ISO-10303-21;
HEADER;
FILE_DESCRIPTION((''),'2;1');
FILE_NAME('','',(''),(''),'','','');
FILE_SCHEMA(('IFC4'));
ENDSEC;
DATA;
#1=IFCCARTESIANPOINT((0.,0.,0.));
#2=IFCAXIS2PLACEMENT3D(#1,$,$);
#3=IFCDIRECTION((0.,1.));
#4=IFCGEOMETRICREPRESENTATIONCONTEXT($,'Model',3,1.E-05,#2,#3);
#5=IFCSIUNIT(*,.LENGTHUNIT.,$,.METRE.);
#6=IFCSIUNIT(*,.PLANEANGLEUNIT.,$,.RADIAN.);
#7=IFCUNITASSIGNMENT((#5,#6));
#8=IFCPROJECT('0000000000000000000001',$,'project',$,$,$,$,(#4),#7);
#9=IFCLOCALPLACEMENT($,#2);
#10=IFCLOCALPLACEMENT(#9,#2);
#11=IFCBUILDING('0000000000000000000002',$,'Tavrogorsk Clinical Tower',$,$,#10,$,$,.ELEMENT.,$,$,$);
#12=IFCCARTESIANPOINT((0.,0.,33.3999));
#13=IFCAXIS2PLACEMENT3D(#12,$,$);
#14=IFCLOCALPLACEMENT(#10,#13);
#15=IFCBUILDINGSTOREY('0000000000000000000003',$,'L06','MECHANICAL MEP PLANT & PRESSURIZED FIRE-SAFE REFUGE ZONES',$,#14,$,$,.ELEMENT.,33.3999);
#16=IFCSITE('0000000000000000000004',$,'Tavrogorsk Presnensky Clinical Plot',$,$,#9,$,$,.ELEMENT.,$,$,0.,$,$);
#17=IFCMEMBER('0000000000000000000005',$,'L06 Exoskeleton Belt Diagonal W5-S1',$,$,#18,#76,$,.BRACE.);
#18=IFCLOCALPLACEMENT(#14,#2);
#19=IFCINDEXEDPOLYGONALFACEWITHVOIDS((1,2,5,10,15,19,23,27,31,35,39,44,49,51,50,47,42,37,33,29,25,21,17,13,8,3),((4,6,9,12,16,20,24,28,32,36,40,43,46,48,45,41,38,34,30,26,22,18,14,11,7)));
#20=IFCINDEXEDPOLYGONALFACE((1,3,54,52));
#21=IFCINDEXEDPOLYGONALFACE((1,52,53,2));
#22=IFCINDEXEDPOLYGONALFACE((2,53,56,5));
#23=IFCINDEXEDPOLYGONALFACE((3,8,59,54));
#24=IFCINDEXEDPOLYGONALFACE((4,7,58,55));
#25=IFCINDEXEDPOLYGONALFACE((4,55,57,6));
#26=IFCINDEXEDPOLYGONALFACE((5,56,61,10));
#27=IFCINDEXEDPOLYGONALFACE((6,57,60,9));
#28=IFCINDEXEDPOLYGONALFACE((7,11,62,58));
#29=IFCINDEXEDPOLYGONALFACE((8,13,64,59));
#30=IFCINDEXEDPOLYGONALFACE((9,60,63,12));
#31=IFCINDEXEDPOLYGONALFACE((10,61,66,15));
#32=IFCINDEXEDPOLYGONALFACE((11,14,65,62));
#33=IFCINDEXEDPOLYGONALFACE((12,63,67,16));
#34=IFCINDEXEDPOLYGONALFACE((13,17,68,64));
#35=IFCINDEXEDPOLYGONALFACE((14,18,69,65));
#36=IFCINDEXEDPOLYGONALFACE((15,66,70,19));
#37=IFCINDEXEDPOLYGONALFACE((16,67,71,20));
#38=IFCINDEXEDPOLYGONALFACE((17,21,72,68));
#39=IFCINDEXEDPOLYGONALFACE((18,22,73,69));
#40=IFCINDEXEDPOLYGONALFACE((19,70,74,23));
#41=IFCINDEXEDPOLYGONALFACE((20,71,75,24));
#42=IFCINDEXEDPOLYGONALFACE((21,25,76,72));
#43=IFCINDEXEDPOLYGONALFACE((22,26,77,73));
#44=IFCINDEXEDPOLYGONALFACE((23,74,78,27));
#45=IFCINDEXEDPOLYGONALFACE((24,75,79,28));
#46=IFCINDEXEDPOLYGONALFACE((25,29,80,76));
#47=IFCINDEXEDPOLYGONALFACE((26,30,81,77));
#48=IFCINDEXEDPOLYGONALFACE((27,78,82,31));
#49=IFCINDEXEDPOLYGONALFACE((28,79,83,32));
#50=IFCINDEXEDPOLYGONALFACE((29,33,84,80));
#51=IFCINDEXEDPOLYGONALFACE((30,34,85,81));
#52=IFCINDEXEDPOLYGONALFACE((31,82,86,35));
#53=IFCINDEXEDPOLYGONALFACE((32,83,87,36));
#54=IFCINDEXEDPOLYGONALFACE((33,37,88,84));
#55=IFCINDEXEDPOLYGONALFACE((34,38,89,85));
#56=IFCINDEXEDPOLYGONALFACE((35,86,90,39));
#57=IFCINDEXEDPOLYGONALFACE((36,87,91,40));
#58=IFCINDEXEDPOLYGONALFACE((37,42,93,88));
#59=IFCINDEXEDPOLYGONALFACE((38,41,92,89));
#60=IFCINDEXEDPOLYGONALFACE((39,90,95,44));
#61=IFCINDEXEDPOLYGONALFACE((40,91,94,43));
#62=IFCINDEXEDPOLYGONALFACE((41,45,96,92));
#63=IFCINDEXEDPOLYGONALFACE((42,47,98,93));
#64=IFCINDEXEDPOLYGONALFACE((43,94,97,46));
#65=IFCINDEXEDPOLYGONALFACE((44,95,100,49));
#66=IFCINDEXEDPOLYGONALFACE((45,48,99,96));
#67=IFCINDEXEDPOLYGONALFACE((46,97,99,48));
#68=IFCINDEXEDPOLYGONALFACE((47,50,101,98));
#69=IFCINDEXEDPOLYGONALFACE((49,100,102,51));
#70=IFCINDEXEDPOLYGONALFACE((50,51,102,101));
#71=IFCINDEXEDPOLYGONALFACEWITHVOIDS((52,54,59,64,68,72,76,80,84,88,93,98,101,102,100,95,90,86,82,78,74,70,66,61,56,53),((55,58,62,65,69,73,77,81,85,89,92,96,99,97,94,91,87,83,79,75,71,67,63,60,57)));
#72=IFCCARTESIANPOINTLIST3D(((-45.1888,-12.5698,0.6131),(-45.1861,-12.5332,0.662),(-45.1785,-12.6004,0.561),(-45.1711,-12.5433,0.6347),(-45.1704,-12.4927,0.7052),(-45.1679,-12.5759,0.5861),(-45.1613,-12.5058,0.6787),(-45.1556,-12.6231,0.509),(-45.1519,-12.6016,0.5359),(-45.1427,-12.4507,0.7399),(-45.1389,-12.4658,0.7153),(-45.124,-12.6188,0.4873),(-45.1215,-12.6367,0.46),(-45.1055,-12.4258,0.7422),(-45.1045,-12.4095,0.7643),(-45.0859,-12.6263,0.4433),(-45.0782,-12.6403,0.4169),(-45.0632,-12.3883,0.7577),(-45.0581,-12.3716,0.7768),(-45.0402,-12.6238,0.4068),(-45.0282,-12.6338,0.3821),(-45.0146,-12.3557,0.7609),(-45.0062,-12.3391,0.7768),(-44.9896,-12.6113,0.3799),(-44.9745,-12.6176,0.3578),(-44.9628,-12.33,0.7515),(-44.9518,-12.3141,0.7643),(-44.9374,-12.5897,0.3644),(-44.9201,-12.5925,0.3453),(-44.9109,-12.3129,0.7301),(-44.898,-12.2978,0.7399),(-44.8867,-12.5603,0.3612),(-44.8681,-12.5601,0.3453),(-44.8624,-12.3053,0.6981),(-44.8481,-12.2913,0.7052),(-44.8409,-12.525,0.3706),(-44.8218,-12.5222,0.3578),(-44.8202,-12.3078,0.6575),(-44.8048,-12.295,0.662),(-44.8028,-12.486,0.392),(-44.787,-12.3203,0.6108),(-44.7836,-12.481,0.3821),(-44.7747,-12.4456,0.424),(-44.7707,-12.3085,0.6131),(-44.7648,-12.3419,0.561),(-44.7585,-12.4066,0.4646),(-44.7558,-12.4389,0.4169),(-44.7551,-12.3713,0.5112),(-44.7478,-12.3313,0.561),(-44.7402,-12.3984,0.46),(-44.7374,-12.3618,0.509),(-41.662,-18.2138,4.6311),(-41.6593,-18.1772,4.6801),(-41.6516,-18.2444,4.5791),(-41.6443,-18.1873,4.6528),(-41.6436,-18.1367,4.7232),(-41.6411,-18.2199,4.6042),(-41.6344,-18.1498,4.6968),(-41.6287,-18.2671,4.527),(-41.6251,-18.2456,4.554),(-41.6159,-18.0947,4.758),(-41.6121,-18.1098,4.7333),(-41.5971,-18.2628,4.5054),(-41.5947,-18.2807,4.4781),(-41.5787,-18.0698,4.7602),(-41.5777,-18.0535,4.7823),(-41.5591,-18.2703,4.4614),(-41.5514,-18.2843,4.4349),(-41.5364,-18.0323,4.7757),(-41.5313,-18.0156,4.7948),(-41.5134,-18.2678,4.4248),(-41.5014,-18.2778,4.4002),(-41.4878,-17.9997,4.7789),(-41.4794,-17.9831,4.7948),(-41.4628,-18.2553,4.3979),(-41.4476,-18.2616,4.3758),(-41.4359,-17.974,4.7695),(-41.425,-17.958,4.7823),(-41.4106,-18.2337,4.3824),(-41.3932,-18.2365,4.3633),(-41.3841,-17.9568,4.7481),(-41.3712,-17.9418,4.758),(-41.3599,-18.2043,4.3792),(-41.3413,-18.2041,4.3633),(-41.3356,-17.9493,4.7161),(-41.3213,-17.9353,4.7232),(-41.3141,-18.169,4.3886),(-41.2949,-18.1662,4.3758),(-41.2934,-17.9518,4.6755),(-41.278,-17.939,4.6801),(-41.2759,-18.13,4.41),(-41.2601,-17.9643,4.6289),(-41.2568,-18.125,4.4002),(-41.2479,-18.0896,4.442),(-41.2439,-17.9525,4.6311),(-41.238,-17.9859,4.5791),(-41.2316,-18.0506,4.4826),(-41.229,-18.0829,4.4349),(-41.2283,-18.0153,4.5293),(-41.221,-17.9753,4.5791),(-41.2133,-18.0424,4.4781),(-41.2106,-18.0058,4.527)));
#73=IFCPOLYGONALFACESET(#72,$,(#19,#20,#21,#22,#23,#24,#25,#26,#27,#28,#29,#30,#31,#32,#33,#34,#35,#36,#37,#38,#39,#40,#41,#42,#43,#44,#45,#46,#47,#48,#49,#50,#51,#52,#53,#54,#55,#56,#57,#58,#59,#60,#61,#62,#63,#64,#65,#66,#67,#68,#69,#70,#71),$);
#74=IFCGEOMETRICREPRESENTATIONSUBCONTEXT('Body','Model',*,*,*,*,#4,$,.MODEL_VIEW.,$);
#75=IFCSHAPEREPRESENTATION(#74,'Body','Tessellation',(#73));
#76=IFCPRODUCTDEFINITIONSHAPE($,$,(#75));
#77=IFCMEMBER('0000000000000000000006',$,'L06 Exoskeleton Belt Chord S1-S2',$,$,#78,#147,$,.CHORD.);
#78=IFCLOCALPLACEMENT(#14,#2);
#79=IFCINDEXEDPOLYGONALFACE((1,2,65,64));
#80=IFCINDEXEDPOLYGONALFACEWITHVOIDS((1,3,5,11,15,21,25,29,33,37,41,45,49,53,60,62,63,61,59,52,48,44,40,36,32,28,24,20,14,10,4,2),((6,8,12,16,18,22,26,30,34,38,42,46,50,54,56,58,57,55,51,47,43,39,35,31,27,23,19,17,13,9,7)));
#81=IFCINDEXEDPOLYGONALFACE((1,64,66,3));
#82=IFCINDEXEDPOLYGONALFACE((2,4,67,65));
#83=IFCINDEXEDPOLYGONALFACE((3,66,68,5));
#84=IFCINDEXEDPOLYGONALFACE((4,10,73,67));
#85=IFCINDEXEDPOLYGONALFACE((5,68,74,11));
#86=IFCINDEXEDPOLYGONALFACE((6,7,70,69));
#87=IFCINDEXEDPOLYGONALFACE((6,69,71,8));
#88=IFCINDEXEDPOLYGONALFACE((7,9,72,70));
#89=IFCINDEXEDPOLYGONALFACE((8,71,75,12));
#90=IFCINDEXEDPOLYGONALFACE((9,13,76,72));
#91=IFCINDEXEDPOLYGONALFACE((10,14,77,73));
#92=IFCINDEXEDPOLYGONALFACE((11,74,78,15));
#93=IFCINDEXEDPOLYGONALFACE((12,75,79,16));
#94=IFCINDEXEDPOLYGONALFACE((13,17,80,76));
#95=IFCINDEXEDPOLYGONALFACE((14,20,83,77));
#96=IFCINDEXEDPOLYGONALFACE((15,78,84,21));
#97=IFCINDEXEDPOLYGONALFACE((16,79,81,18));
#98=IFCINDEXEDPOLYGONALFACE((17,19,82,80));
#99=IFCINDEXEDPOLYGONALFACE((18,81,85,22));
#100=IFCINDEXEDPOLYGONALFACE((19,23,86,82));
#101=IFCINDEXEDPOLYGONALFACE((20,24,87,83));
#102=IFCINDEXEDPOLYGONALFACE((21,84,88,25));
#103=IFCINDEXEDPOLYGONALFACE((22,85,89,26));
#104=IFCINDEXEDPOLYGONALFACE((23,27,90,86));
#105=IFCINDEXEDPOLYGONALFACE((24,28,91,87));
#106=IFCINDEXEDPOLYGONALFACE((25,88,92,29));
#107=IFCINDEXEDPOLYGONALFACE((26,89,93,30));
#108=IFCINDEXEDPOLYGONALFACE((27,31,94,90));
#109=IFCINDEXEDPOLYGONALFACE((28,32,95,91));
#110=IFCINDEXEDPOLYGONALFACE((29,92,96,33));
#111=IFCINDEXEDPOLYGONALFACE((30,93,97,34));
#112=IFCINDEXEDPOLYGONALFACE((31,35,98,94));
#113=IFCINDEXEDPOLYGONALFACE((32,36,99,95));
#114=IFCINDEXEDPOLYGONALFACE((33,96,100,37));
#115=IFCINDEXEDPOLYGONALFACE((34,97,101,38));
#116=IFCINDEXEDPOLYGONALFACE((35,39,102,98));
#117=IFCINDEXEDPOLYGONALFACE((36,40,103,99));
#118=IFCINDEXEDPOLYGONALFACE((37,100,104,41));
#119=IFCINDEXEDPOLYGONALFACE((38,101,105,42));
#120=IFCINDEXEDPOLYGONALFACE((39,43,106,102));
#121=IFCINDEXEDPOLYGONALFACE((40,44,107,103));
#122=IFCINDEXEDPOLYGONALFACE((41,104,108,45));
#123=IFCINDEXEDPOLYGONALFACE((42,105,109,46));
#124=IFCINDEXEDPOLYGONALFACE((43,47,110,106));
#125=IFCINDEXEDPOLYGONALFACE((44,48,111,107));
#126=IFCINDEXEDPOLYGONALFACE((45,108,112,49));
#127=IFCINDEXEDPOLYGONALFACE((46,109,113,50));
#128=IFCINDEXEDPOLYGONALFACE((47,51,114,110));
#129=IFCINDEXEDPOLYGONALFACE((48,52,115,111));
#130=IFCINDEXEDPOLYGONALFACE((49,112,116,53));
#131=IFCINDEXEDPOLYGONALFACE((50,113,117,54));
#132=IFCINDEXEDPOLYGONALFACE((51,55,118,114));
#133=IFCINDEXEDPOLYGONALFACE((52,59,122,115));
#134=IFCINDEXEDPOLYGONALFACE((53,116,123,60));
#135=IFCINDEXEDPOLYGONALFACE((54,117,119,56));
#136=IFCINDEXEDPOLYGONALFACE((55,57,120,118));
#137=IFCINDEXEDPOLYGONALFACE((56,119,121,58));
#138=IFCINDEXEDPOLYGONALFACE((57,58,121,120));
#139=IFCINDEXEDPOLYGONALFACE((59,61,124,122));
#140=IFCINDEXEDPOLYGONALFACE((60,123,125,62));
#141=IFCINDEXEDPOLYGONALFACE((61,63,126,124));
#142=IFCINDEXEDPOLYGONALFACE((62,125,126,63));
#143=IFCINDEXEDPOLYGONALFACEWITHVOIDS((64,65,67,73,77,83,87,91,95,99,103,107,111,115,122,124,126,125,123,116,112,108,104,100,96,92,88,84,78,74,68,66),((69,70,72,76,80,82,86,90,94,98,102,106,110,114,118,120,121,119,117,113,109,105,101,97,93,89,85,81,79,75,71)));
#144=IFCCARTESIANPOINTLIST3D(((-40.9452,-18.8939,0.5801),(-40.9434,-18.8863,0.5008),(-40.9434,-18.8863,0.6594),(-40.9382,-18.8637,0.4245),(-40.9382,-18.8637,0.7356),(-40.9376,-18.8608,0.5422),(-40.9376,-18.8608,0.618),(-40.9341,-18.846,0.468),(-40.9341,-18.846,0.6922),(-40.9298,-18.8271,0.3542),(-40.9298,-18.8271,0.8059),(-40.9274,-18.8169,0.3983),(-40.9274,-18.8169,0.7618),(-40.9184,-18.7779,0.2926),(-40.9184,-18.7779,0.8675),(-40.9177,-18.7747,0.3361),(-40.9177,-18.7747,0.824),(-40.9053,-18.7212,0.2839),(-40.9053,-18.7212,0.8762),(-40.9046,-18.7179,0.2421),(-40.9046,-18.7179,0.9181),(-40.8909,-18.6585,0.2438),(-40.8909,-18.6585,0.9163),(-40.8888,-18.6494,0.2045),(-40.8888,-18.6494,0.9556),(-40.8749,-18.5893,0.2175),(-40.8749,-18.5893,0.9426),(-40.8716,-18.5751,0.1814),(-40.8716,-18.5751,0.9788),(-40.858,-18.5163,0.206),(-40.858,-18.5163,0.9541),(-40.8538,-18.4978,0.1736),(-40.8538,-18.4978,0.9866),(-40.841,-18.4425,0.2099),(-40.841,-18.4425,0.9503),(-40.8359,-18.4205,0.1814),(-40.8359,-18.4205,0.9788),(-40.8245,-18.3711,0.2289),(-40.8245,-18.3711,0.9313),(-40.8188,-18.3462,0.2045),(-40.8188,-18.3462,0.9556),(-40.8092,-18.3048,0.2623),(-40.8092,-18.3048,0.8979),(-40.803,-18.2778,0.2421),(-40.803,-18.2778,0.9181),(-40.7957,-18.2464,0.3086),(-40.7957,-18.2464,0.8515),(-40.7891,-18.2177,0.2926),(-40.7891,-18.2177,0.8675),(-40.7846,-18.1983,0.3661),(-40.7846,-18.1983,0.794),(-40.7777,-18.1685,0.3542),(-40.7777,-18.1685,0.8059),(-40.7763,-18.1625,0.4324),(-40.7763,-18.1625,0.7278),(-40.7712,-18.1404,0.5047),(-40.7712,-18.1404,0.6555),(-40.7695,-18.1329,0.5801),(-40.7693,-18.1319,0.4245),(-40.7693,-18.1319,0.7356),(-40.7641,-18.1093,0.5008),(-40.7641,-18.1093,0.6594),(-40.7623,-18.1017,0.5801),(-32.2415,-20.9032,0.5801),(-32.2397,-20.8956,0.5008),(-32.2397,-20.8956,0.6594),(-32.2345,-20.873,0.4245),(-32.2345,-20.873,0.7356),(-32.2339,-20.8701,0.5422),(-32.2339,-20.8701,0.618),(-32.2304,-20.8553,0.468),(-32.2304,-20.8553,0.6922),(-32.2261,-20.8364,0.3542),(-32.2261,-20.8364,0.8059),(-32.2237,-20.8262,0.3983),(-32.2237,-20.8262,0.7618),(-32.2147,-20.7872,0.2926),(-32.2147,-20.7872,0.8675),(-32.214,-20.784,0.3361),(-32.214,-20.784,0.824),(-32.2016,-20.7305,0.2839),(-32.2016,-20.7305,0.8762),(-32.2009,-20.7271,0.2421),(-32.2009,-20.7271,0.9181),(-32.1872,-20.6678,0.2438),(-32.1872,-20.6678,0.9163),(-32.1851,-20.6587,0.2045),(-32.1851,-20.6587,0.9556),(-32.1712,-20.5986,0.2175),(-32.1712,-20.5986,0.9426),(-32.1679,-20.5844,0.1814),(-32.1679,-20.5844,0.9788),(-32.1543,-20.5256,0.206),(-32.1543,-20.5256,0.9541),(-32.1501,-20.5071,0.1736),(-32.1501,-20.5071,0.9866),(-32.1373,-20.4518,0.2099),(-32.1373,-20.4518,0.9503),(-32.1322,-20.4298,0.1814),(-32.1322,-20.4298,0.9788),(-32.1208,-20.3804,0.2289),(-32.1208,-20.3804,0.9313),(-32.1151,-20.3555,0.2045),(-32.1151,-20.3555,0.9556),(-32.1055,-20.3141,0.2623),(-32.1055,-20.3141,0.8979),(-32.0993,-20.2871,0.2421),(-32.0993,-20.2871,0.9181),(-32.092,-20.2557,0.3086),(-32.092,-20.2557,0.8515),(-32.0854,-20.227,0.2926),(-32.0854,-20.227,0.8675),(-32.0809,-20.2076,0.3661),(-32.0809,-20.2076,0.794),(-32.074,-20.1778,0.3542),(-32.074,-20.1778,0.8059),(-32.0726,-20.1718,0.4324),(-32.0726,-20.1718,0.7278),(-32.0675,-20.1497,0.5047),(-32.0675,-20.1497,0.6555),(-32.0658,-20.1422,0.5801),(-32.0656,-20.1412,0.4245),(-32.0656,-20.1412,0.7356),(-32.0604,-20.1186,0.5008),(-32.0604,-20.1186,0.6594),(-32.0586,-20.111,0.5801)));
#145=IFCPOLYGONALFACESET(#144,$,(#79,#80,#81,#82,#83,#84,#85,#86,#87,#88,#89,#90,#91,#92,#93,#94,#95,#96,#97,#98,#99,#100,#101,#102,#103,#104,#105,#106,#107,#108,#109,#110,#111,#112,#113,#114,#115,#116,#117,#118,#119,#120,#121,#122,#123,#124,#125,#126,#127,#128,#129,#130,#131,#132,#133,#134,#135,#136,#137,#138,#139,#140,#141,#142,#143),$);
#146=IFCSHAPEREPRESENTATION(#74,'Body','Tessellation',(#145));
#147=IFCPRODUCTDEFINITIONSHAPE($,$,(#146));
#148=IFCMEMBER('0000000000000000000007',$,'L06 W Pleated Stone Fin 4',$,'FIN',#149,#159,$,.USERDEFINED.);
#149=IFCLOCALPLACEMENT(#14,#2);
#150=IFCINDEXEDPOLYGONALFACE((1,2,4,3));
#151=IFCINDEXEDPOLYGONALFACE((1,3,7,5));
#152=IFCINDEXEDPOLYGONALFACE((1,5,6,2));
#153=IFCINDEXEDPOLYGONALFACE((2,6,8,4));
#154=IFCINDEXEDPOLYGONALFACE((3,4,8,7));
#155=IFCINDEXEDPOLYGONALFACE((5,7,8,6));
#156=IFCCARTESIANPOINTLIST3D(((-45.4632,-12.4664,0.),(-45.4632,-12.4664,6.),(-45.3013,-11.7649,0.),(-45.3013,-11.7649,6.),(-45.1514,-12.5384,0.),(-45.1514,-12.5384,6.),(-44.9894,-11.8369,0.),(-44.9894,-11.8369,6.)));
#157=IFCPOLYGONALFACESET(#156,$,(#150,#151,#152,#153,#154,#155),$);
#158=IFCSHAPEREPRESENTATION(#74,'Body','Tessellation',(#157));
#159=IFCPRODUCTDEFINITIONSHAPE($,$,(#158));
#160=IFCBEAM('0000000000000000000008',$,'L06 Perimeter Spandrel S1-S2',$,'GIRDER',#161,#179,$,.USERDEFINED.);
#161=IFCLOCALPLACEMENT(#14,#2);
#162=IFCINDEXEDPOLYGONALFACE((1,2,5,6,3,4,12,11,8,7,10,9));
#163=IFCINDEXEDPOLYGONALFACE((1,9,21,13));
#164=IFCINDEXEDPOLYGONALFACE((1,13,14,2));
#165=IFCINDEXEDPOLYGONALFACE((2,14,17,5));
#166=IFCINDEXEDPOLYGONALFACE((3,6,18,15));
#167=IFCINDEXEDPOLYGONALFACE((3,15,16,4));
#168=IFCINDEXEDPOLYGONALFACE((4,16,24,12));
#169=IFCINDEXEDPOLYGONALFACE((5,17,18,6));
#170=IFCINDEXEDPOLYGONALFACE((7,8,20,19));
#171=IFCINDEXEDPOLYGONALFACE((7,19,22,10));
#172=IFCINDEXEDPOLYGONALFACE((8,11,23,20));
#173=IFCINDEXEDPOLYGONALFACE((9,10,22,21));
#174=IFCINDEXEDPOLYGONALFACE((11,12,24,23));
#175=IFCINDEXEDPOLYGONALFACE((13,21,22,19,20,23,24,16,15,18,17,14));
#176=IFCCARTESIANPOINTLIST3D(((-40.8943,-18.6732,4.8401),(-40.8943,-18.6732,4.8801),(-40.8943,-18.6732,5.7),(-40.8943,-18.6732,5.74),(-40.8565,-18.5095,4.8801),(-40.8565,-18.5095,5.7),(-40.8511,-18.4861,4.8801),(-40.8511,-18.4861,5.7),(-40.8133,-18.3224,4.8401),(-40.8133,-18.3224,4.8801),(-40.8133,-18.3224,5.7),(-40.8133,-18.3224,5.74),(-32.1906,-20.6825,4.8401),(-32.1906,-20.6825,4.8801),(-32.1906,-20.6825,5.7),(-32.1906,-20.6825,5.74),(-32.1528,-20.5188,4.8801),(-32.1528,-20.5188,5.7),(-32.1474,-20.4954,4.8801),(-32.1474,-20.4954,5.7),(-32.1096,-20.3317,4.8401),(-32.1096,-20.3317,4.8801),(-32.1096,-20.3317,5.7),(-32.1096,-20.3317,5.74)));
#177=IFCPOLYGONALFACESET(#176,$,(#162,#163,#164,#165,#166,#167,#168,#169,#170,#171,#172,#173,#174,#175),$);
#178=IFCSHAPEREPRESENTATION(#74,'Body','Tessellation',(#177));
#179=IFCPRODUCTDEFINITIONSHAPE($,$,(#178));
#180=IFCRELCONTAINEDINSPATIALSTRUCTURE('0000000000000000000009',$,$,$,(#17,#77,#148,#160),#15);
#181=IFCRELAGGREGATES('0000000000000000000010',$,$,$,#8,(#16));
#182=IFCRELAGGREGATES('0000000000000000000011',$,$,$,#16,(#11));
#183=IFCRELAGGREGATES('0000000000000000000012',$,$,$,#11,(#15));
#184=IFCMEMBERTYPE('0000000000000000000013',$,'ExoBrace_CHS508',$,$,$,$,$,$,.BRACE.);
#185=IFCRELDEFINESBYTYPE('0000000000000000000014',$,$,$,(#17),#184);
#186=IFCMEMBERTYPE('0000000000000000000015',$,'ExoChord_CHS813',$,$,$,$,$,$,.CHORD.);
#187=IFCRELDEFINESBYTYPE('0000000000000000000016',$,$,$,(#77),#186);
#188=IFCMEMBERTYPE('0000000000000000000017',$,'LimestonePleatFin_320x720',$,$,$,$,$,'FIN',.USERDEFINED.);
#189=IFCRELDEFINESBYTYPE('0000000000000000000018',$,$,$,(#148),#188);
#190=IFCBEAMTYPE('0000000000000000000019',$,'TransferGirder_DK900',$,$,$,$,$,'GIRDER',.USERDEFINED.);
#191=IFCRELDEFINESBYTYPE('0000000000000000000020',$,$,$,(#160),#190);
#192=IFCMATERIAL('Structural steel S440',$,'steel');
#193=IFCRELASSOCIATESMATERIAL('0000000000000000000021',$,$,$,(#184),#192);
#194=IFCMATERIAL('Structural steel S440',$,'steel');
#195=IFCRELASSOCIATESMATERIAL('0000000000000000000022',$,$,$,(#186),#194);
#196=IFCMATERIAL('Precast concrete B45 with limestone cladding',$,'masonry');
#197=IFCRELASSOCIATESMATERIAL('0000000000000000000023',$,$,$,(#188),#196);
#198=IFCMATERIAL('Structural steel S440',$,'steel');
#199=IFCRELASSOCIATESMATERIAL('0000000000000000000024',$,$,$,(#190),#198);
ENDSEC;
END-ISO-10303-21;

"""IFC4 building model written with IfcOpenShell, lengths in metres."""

from ifc_helpers import new_model, si_unit, direction, frame, origin, origin_2d, place, context, subcontext, project, spatial, rectangle, hollow_circle, i_section, extrude, material, material_profile, profile_set, type_object, element, save


model = new_model("IFC4")

# Units and contexts
model_context = context("Model", 3, precision=1e-05, world=origin(), true_north=direction((0.0, 1.0)))
body_context = subcontext(model_context, "Body", "Model", "MODEL_VIEW")
ifc_project = project(units=[si_unit("LENGTHUNIT", "METRE"), si_unit("PLANEANGLEUNIT", "RADIAN")], contexts=[model_context])

# Site, building, storey
site_placement = place(None, origin())
site = spatial("IfcSite", under=ifc_project, at=site_placement, Name="Tavrogorsk Presnensky Clinical Plot", CompositionType="ELEMENT", RefElevation=0.0)
building_placement = place(site_placement, origin())
building = spatial("IfcBuilding", under=site, at=building_placement, Name="Tavrogorsk Clinical Tower", CompositionType="ELEMENT")
storey_placement = place(building_placement, frame((0.0, 0.0, 33.3999)))
storey = spatial("IfcBuildingStorey", under=building, at=storey_placement, Name="L06", Description="MECHANICAL MEP PLANT & PRESSURIZED FIRE-SAFE REFUGE ZONES", CompositionType="ELEMENT", Elevation=33.3999)

# Members
ifc_material_1 = material(Name="Structural steel S440", Category="steel")
ifc_material_profile_1 = material_profile(ifc_material_1, hollow_circle(Radius=0.2539, WallThickness=0.02, at=origin_2d()), Name="CHS-508x20")
ifc_profile_set_1 = profile_set([ifc_material_profile_1], Name="Structural steel S440")
member_type_1 = type_object("IfcMemberType", Name="ExoBrace_CHS508", PredefinedType="BRACE", material=ifc_profile_set_1)
member_1_placement = place(storey_placement, frame((-44.9631, -12.4658, 0.561), z_axis=(0.453659, -0.725993, 0.516844), x_axis=(0.848044, 0.529926, 0.0)))
element("IfcMember", 1, at=member_1_placement, inside=storey, type_object=member_type_1, Name="L06 Exoskeleton Belt Diagonal W5-S1", PredefinedType="BRACE", context=body_context, shape_type="SweptSolid", body=[
    extrude(hollow_circle(Radius=0.2539, WallThickness=0.02, at=origin_2d()), origin(), (0.0, 0.0, 1.0), 7.7742),
])
ifc_material_2 = material(Name="Structural steel S440", Category="steel")
ifc_material_profile_2 = material_profile(ifc_material_2, hollow_circle(Radius=0.4065, WallThickness=0.032, at=origin_2d()), Name="CHS-813x32")
ifc_profile_set_2 = profile_set([ifc_material_profile_2], Name="Structural steel S440")
member_type_2 = type_object("IfcMemberType", Name="ExoChord_CHS813", PredefinedType="CHORD", material=ifc_profile_set_2)
member_2_placement = place(storey_placement, frame((-40.8538, -18.4978, 0.5801), z_axis=(0.974373, -0.224939, 0.0), x_axis=(0.224939, 0.974373, 0.0)))
element("IfcMember", 2, at=member_2_placement, inside=storey, type_object=member_type_2, Name="L06 Exoskeleton Belt Chord S1-S2", PredefinedType="CHORD", context=body_context, shape_type="SweptSolid", body=[
    extrude(hollow_circle(Radius=0.4065, WallThickness=0.032, at=origin_2d()), origin(), (0.0, 0.0, 1.0), 8.9326),
])
ifc_material_3 = material(Name="Precast concrete B45 with limestone cladding", Category="masonry")
ifc_material_profile_3 = material_profile(ifc_material_3, rectangle(XDim=0.3201, YDim=0.72, at=origin_2d()), Name="LIMESTONE-FIN-320x720")
ifc_profile_set_3 = profile_set([ifc_material_profile_3], Name="Precast concrete B45 with limestone cladding")
member_type_3 = type_object("IfcMemberType", Name="LimestonePleatFin_320x720", ElementType="FIN", PredefinedType="USERDEFINED", material=ifc_profile_set_3)
member_3_placement = place(storey_placement, frame((-45.2263, -12.1516, 0.0), z_axis=(0.0, 0.0, 1.0), x_axis=(0.97437, -0.224951, 0.0)))
element("IfcMember", 3, at=member_3_placement, inside=storey, type_object=member_type_3, Name="L06 W Pleated Stone Fin 4", ObjectType="FIN", PredefinedType="USERDEFINED", context=body_context, shape_type="SweptSolid", body=[
    extrude(rectangle(XDim=0.3201, YDim=0.72, at=origin_2d()), origin(), (0.0, 0.0, 1.0), 6.0),
])

# Beam
ifc_material_4 = material(Name="Structural steel S440", Category="steel")
ifc_material_profile_4 = material_profile(ifc_material_4, i_section(OverallWidth=0.3601, OverallDepth=0.8999, WebThickness=0.0239, FlangeThickness=0.04, at=origin_2d()), Name="DK-900x360x24x40")
ifc_profile_set_4 = profile_set([ifc_material_profile_4], Name="Structural steel S440")
beam_type = type_object("IfcBeamType", Name="TransferGirder_DK900", ElementType="GIRDER", PredefinedType="USERDEFINED", material=ifc_profile_set_4)
beam_1_placement = place(storey_placement, frame((-40.8538, -18.4978, 5.29), z_axis=(0.974373, -0.224939, 0.0), x_axis=(0.224939, 0.974373, 0.0)))
element("IfcBeam", 4, at=beam_1_placement, inside=storey, type_object=beam_type, Name="L06 Perimeter Spandrel S1-S2", ObjectType="GIRDER", PredefinedType="USERDEFINED", context=body_context, shape_type="SweptSolid", body=[
    extrude(i_section(OverallWidth=0.3601, OverallDepth=0.8999, WebThickness=0.0239, FlangeThickness=0.04, at=origin_2d()), origin(), (0.0, 0.0, 1.0), 8.9326),
])

save(model, "model.ifc")
